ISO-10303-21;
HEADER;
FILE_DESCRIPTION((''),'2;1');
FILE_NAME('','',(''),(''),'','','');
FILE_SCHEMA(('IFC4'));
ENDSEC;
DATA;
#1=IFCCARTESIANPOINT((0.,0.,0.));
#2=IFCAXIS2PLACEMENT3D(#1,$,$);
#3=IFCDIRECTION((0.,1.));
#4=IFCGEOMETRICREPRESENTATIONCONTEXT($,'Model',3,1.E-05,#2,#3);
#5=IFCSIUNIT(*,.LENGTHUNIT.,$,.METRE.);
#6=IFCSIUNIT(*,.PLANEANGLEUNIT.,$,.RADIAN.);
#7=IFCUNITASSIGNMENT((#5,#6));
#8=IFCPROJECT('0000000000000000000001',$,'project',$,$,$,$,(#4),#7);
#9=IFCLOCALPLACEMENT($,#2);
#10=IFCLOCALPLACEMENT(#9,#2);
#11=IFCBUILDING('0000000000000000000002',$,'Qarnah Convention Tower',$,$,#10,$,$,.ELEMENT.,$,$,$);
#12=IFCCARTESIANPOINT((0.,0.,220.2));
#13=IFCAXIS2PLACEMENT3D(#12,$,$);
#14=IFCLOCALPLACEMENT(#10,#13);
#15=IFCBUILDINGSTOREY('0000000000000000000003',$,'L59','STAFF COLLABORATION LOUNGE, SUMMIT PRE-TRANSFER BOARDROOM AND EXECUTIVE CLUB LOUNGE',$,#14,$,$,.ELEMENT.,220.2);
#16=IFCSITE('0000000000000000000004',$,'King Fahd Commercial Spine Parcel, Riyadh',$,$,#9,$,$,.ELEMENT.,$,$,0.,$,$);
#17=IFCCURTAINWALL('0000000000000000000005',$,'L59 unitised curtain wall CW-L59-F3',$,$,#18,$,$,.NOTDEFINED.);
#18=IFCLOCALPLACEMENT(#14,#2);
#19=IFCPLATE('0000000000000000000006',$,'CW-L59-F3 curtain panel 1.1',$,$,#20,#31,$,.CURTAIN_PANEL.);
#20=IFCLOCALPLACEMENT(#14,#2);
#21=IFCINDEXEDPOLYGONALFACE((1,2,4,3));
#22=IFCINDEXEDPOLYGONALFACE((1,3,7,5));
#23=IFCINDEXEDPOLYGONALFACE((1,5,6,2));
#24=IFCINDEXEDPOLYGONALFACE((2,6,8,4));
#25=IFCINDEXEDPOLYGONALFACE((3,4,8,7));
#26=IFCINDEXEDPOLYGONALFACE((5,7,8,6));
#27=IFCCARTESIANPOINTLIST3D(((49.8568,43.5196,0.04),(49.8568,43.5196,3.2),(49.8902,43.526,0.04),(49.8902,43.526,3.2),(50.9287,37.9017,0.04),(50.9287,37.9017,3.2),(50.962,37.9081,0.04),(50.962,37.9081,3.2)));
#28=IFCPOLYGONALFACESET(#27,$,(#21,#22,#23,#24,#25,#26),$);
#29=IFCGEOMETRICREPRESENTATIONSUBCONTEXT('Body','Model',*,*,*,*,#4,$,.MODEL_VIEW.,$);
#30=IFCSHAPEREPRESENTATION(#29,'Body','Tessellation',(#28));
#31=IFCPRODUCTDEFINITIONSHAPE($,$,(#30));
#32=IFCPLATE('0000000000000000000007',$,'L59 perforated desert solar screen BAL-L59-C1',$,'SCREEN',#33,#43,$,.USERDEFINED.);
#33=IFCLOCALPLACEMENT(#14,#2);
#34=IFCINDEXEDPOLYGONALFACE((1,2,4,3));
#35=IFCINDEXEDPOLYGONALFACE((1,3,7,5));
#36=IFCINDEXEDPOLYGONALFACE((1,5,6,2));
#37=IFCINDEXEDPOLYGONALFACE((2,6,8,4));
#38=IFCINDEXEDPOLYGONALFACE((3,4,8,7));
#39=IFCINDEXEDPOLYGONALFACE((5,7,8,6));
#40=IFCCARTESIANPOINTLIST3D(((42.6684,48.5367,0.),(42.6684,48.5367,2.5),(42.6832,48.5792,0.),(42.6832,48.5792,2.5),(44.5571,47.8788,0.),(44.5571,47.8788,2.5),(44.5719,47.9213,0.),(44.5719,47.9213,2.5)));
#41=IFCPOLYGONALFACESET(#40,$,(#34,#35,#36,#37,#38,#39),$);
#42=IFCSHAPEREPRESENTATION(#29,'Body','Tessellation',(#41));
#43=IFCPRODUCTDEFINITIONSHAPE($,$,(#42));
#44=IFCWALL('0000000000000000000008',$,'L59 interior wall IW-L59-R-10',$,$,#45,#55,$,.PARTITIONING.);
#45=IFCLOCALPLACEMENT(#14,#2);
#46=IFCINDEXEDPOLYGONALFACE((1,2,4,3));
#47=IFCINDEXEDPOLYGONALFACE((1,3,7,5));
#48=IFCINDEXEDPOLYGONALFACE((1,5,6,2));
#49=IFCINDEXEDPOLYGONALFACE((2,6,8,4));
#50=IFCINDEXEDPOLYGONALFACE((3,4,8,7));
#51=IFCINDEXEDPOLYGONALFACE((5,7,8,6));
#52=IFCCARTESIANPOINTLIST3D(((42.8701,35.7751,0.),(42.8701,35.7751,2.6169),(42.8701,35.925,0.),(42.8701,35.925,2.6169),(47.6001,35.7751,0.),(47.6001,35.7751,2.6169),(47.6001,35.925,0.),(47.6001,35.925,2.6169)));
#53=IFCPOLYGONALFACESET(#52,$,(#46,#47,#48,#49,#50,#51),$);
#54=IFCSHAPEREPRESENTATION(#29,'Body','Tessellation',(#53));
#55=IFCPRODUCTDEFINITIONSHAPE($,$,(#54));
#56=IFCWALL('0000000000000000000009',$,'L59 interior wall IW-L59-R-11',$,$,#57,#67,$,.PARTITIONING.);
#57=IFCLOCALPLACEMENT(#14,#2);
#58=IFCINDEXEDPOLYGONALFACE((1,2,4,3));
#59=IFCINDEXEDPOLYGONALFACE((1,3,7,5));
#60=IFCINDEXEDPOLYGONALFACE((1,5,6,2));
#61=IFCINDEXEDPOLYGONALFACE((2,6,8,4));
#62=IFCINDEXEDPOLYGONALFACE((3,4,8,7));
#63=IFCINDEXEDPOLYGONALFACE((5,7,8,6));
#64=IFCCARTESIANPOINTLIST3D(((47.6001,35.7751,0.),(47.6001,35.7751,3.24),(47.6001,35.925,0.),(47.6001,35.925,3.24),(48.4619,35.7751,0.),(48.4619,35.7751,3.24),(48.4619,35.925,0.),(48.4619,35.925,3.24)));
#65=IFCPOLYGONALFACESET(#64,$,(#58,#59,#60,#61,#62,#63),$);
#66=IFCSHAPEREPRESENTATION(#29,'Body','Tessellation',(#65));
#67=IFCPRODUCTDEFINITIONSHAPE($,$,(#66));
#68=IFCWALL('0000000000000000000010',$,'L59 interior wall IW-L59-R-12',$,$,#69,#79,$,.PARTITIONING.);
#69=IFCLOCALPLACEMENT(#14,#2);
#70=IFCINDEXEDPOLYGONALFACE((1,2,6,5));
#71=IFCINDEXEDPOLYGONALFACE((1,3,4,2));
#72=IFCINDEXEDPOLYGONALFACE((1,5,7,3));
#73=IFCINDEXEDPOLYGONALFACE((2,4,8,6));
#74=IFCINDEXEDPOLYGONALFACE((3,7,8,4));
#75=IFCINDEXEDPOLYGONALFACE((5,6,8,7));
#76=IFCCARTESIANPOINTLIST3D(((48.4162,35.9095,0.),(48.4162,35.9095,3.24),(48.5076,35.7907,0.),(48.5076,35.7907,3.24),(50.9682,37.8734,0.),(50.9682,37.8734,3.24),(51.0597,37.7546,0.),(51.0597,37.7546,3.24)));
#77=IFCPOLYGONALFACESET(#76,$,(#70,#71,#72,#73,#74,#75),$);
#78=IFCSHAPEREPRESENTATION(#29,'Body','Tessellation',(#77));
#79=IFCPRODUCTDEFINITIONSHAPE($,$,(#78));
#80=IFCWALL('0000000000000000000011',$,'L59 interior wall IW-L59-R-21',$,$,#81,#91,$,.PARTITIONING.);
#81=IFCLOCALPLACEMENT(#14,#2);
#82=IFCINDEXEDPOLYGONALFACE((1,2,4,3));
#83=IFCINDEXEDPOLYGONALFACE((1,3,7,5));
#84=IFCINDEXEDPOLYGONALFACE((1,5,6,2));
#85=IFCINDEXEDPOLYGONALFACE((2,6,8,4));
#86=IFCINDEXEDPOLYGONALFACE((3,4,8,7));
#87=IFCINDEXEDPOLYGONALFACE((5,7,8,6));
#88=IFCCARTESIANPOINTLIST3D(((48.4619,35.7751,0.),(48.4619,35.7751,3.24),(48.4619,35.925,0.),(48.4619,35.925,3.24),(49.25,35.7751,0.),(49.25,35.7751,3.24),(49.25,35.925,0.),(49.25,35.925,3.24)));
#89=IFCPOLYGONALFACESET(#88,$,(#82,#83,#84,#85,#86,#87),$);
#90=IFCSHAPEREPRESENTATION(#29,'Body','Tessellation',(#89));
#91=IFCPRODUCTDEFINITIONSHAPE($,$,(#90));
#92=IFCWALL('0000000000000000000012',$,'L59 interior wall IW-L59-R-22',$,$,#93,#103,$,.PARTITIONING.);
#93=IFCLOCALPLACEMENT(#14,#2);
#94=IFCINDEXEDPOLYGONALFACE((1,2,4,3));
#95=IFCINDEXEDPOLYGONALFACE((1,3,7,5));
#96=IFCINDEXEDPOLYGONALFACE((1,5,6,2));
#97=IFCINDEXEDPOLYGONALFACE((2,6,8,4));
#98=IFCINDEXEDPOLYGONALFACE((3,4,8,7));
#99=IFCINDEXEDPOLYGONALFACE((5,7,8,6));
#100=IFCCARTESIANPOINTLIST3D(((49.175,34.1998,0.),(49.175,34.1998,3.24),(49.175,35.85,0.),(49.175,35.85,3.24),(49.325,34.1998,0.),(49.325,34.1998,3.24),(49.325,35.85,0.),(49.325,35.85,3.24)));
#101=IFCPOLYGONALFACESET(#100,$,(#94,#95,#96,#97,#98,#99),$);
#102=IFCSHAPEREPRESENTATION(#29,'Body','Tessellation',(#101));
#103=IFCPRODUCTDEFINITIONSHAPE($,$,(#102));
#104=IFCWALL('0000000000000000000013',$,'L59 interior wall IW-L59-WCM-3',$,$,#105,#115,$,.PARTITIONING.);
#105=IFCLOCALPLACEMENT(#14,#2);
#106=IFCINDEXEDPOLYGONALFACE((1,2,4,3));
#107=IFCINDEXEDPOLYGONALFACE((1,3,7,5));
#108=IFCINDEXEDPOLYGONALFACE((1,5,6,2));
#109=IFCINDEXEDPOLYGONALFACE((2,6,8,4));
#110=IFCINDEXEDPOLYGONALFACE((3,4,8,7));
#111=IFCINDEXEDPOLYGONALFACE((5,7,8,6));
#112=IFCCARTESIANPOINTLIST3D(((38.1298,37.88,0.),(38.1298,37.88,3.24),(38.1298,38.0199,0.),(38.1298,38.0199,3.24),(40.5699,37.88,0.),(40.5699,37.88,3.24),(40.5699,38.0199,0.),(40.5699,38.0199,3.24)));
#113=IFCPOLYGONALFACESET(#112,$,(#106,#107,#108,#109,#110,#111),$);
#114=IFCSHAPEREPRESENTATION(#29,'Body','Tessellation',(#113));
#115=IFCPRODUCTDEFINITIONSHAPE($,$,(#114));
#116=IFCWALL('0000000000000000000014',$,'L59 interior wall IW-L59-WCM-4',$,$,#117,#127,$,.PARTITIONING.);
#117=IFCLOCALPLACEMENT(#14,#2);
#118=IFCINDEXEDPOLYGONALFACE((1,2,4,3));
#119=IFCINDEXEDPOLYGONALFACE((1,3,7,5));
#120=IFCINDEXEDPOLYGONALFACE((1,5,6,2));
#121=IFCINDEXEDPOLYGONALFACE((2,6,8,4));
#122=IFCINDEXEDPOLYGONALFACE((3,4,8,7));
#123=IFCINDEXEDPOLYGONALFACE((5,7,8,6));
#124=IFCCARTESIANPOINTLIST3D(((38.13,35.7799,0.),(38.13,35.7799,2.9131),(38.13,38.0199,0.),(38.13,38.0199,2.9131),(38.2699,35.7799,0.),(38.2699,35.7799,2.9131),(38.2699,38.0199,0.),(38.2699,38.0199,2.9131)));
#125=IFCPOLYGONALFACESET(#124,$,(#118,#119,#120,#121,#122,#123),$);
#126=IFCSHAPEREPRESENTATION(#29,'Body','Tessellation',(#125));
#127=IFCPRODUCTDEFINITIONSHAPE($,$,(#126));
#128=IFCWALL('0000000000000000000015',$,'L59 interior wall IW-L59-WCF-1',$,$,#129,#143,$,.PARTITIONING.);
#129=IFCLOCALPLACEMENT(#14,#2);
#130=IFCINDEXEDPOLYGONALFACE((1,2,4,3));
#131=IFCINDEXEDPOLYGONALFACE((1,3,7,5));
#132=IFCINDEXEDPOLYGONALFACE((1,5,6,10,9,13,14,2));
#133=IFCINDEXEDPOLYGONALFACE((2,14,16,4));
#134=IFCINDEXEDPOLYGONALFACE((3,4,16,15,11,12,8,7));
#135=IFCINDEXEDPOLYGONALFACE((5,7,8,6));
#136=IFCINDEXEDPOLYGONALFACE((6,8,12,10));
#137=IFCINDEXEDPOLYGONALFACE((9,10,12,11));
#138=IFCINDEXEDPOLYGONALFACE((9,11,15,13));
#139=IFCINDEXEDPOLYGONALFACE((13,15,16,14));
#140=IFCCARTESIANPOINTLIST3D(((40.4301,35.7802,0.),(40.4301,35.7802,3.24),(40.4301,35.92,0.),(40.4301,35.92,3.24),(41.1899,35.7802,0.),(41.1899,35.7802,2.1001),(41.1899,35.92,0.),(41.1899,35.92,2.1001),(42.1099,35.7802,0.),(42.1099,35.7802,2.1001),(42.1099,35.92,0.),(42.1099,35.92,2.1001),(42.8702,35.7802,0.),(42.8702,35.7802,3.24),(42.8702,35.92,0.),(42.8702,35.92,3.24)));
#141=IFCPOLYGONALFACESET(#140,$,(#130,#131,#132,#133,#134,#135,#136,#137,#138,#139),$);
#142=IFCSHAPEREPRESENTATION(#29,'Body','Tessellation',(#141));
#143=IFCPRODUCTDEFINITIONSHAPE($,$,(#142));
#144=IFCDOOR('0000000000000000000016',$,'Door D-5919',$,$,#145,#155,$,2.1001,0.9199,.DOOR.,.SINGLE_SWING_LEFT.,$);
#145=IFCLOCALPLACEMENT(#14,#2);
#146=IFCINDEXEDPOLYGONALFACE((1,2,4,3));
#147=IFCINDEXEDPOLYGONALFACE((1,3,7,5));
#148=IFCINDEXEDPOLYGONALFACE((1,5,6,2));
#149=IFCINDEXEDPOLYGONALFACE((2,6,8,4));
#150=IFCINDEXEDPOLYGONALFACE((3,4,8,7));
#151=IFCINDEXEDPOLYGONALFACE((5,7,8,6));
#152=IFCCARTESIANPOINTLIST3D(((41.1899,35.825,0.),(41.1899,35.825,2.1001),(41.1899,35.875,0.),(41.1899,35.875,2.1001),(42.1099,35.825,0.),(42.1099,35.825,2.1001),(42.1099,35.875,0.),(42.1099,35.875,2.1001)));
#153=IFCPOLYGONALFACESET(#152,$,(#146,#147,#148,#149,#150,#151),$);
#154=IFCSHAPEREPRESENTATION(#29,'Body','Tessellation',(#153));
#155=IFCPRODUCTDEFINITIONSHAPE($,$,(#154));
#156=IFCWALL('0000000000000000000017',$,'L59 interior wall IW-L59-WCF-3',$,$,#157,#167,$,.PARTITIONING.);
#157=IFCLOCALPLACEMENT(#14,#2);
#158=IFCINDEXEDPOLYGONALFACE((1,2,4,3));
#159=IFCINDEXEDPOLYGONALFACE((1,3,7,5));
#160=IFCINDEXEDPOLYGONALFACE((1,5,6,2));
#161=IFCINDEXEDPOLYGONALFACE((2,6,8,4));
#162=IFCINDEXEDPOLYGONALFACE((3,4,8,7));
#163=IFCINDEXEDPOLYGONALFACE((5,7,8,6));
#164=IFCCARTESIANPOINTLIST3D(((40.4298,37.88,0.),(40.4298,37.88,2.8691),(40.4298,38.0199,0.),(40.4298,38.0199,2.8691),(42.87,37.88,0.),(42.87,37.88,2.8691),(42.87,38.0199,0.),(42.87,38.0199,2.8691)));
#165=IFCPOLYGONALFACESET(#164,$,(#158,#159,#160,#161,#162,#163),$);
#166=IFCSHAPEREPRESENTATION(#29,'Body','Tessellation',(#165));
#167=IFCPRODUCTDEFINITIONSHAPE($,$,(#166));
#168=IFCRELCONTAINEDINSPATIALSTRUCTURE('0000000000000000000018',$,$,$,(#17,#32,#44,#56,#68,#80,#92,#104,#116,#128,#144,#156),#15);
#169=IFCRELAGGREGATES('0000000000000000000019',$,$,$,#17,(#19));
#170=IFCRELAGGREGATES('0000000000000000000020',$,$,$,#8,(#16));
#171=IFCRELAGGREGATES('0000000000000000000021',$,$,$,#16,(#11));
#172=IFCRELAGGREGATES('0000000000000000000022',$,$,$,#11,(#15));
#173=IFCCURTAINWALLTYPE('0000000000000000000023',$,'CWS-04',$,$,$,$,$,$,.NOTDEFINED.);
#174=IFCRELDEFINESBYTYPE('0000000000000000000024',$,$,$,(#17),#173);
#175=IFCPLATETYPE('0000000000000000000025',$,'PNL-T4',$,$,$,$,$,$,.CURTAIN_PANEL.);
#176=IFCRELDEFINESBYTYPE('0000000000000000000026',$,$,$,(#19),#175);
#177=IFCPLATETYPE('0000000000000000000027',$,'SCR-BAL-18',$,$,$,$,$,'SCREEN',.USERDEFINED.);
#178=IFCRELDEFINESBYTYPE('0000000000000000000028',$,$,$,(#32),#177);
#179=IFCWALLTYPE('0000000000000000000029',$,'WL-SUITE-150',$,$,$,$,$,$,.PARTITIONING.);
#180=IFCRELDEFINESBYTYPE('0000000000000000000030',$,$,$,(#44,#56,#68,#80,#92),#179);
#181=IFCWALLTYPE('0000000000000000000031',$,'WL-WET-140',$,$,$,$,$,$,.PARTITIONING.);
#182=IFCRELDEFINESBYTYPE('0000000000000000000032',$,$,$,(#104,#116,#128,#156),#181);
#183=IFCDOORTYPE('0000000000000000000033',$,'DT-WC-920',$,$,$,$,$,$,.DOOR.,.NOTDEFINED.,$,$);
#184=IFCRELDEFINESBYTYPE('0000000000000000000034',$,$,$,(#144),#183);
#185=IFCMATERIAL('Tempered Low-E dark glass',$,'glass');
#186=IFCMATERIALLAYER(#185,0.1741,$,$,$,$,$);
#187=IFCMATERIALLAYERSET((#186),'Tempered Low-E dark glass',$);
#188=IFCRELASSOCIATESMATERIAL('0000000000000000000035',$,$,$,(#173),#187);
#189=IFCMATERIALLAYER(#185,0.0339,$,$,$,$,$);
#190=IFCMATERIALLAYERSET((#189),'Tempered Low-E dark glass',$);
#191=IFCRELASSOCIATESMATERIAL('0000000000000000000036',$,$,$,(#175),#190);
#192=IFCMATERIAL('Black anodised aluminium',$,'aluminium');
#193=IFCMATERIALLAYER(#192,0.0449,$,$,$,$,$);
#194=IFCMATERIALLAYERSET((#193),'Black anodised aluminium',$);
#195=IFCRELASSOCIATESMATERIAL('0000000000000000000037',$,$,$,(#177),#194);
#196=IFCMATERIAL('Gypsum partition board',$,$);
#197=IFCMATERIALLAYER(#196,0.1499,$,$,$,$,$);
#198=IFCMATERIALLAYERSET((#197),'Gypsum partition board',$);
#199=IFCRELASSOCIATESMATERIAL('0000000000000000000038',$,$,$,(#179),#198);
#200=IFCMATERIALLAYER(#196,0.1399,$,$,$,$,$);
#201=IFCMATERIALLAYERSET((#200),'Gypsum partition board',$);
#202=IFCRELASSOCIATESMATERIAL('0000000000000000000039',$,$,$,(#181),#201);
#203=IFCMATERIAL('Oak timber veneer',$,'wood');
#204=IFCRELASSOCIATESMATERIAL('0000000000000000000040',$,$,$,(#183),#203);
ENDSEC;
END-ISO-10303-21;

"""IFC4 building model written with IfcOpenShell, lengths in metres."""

from ifc_helpers import new_model, si_unit, direction, frame, frame_2d, origin, origin_2d, place, context, subcontext, project, spatial, rectangle, extrude, material, layer, layer_set, type_object, element, fill, aggregate, save


model = new_model("IFC4")

# Units and contexts
model_context = context("Model", 3, precision=1e-05, world=origin(), true_north=direction((0.0, 1.0)))
body_context = subcontext(model_context, "Body", "Model", "MODEL_VIEW")
ifc_project = project(units=[si_unit("LENGTHUNIT", "METRE"), si_unit("PLANEANGLEUNIT", "RADIAN")], contexts=[model_context])

# Site, building, storey
site_placement = place(None, origin())
site = spatial("IfcSite", under=ifc_project, at=site_placement, Name="King Fahd Commercial Spine Parcel, Riyadh", CompositionType="ELEMENT", RefElevation=0.0)
building_placement = place(site_placement, origin())
building = spatial("IfcBuilding", under=site, at=building_placement, Name="Qarnah Convention Tower", CompositionType="ELEMENT")
storey_placement = place(building_placement, frame((0.0, 0.0, 220.2)))
storey = spatial("IfcBuildingStorey", under=building, at=storey_placement, Name="L59", Description="STAFF COLLABORATION LOUNGE, SUMMIT PRE-TRANSFER BOARDROOM AND EXECUTIVE CLUB LOUNGE", CompositionType="ELEMENT", Elevation=220.2)

# Shared definitions
ifc_material_1 = material(Name="Tempered Low-E dark glass", Category="glass")
ifc_layer_1 = layer(ifc_material_1, 0.1741)
ifc_layer_set_1 = layer_set([ifc_layer_1], Name="Tempered Low-E dark glass")
curtain_wall_type = type_object("IfcCurtainWallType", Name="CWS-04", PredefinedType="NOTDEFINED", material=ifc_layer_set_1)
ifc_material_2 = material(Name="Black anodised aluminium", Category="aluminium")

# Curtain wall, plate
curtain_wall_1_placement = place(storey_placement, origin())
curtain_wall_1 = element("IfcCurtainWall", 1, at=curtain_wall_1_placement, inside=storey, type_object=curtain_wall_type, Name="L59 unitised curtain wall CW-L59-F3", PredefinedType="NOTDEFINED")
ifc_layer_2 = layer(ifc_material_1, 0.0339)
ifc_layer_set_2 = layer_set([ifc_layer_2], Name="Tempered Low-E dark glass")
plate_type_1 = type_object("IfcPlateType", Name="PNL-T4", PredefinedType="CURTAIN_PANEL", material=ifc_layer_set_2)
plate_1_placement = place(storey_placement, frame((50.4094, 40.7139, 0.04), z_axis=(0.0, 0.0, 1.0), x_axis=(0.187407, -0.982282, 0.0)))
plate_1 = element("IfcPlate", 2, at=plate_1_placement, type_object=plate_type_1, Name="CW-L59-F3 curtain panel 1.1", PredefinedType="CURTAIN_PANEL", context=body_context, shape_type="SweptSolid", body=[
    extrude(rectangle(XDim=5.7192, YDim=0.0339, at=origin_2d()), origin(), (0.0, 0.0, 1.0), 3.1599),
])
aggregate(curtain_wall_1, [plate_1])

# Plate
ifc_layer_3 = layer(ifc_material_2, 0.0449)
ifc_layer_set_3 = layer_set([ifc_layer_3], Name="Black anodised aluminium")
plate_type_2 = type_object("IfcPlateType", Name="SCR-BAL-18", ElementType="SCREEN", PredefinedType="USERDEFINED", material=ifc_layer_set_3)
plate_2_placement = place(storey_placement, frame((43.6201, 48.229, 0.0), z_axis=(0.0, 0.0, 1.0), x_axis=(0.944348, -0.328947, 0.0)))
element("IfcPlate", 3, at=plate_2_placement, inside=storey, type_object=plate_type_2, Name="L59 perforated desert solar screen BAL-L59-C1", ObjectType="SCREEN", PredefinedType="USERDEFINED", context=body_context, shape_type="SweptSolid", body=[
    extrude(rectangle(XDim=2.0, YDim=0.0449, at=origin_2d()), origin(), (0.0, 0.0, 1.0), 2.5),
])

# Walls
ifc_material_3 = material(Name="Gypsum partition board")
ifc_layer_4 = layer(ifc_material_3, 0.1499)
ifc_layer_set_4 = layer_set([ifc_layer_4], Name="Gypsum partition board")
wall_type_1 = type_object("IfcWallType", Name="WL-SUITE-150", PredefinedType="PARTITIONING", material=ifc_layer_set_4)
wall_1_placement = place(storey_placement, frame((42.8701, 35.8501, 0.0), z_axis=(0.0, 0.0, 1.0), x_axis=(1.0, 0.0, 0.0)))
element("IfcWall", 4, at=wall_1_placement, inside=storey, type_object=wall_type_1, Name="L59 interior wall IW-L59-R-10", PredefinedType="PARTITIONING", context=body_context, shape_type="SweptSolid", body=[
    extrude(rectangle(XDim=4.73, YDim=0.1499, at=frame_2d((2.365, 0.0))), origin(), (0.0, 0.0, 1.0), 2.6169),
])
wall_2_placement = place(storey_placement, frame((47.6001, 35.8501, 0.0), z_axis=(0.0, 0.0, 1.0), x_axis=(1.0, 0.0, 0.0)))
element("IfcWall", 5, at=wall_2_placement, inside=storey, type_object=wall_type_1, Name="L59 interior wall IW-L59-R-11", PredefinedType="PARTITIONING", context=body_context, shape_type="SweptSolid", body=[
    extrude(rectangle(XDim=0.8618, YDim=0.1499, at=frame_2d((0.4309, 0.0))), origin(), (0.0, 0.0, 1.0), 3.24),
])
wall_3_placement = place(storey_placement, frame((48.4619, 35.8501, 0.0), z_axis=(0.0, 0.0, 1.0), x_axis=(0.792506, 0.609865, 0.0)))
element("IfcWall", 6, at=wall_3_placement, inside=storey, type_object=wall_type_1, Name="L59 interior wall IW-L59-R-12", PredefinedType="PARTITIONING", context=body_context, shape_type="SweptSolid", body=[
    extrude(rectangle(XDim=3.2202, YDim=0.1499, at=frame_2d((1.6101, 0.0))), origin(), (0.0, 0.0, 1.0), 3.24),
])
wall_4_placement = place(storey_placement, frame((48.4619, 35.8501, 0.0), z_axis=(0.0, 0.0, 1.0), x_axis=(1.0, 0.0, 0.0)))
element("IfcWall", 7, at=wall_4_placement, inside=storey, type_object=wall_type_1, Name="L59 interior wall IW-L59-R-21", PredefinedType="PARTITIONING", context=body_context, shape_type="SweptSolid", body=[
    extrude(rectangle(XDim=0.7881, YDim=0.1499, at=frame_2d((0.394, 0.0))), origin(), (0.0, 0.0, 1.0), 3.24),
])
wall_5_placement = place(storey_placement, frame((49.25, 35.8501, 0.0), z_axis=(0.0, 0.0, 1.0), x_axis=(0.0, -1.0, 0.0)))
element("IfcWall", 8, at=wall_5_placement, inside=storey, type_object=wall_type_1, Name="L59 interior wall IW-L59-R-22", PredefinedType="PARTITIONING", context=body_context, shape_type="SweptSolid", body=[
    extrude(rectangle(XDim=1.6501, YDim=0.1499, at=frame_2d((0.8252, 0.0))), origin(), (0.0, 0.0, 1.0), 3.24),
])
ifc_layer_5 = layer(ifc_material_3, 0.1399)
ifc_layer_set_5 = layer_set([ifc_layer_5], Name="Gypsum partition board")
wall_type_2 = type_object("IfcWallType", Name="WL-WET-140", PredefinedType="PARTITIONING", material=ifc_layer_set_5)
wall_6_placement = place(storey_placement, frame((40.5701, 37.95, 0.0), z_axis=(0.0, 0.0, 1.0), x_axis=(-1.0, 0.0, 0.0)))
element("IfcWall", 9, at=wall_6_placement, inside=storey, type_object=wall_type_2, Name="L59 interior wall IW-L59-WCM-3", PredefinedType="PARTITIONING", context=body_context, shape_type="SweptSolid", body=[
    extrude(rectangle(XDim=2.4402, YDim=0.1399, at=frame_2d((1.2202, 0.0))), origin(), (0.0, 0.0, 1.0), 3.24),
])
wall_7_placement = place(storey_placement, frame((38.2, 38.02, 0.0), z_axis=(0.0, 0.0, 1.0), x_axis=(0.0, -1.0, 0.0)))
element("IfcWall", 10, at=wall_7_placement, inside=storey, type_object=wall_type_2, Name="L59 interior wall IW-L59-WCM-4", PredefinedType="PARTITIONING", context=body_context, shape_type="SweptSolid", body=[
    extrude(rectangle(XDim=2.24, YDim=0.1399, at=frame_2d((1.1201, 0.0))), origin(), (0.0, 0.0, 1.0), 2.9131),
])

# Wall, opening, door
wall_8_placement = place(storey_placement, frame((40.4299, 35.8501, 0.0), z_axis=(0.0, 0.0, 1.0), x_axis=(1.0, 0.0, 0.0)))
wall_8 = element("IfcWall", 11, at=wall_8_placement, inside=storey, type_object=wall_type_2, Name="L59 interior wall IW-L59-WCF-1", PredefinedType="PARTITIONING", context=body_context, shape_type="SweptSolid", body=[
    extrude(rectangle(XDim=2.4402, YDim=0.1399, at=frame_2d((1.2202, 0.0))), origin(), (0.0, 0.0, 1.0), 3.24),
])
opening_1_placement = place(wall_8_placement, frame((0.76, 0.0, 0.0)))
opening_1 = element("IfcOpeningElement", 12, at=opening_1_placement, cuts=wall_8, PredefinedType="OPENING", context=body_context, shape_type="SweptSolid", body=[
    extrude(rectangle(XDim=0.9199, YDim=2.1001, at=frame_2d((0.46, 1.05))), frame((0.0, 0.0798, 0.0), z_axis=(0.0, -1.0, 0.0), x_axis=(1.0, 0.0, 0.0)), (0.0, 0.0, 1.0), 0.1599),
])
ifc_material_4 = material(Name="Oak timber veneer", Category="wood")
door_type_1 = type_object("IfcDoorType", Name="DT-WC-920", OperationType="NOTDEFINED", PredefinedType="DOOR", material=ifc_material_4)
door_1_placement = place(opening_1_placement, origin())
door_1 = element("IfcDoor", 13, at=door_1_placement, inside=storey, type_object=door_type_1, Name="Door D-5919", OperationType="SINGLE_SWING_LEFT", OverallHeight=2.1001, OverallWidth=0.9199, PredefinedType="DOOR", context=body_context, shape_type="SweptSolid", body=[
    extrude(rectangle(XDim=0.9199, YDim=2.1001, at=frame_2d((0.46, 1.05))), frame((0.0, 0.0249, 0.0), z_axis=(0.0, -1.0, 0.0), x_axis=(1.0, 0.0, 0.0)), (0.0, 0.0, 1.0), 0.05),
])
fill(opening_1, door_1)

# Wall
wall_9_placement = place(storey_placement, frame((42.8701, 37.95, 0.0), z_axis=(0.0, 0.0, 1.0), x_axis=(-1.0, 0.0, 0.0)))
element("IfcWall", 14, at=wall_9_placement, inside=storey, type_object=wall_type_2, Name="L59 interior wall IW-L59-WCF-3", PredefinedType="PARTITIONING", context=body_context, shape_type="SweptSolid", body=[
    extrude(rectangle(XDim=2.4402, YDim=0.1399, at=frame_2d((1.2202, 0.0))), origin(), (0.0, 0.0, 1.0), 2.8691),
])

save(model, "model.ifc")
